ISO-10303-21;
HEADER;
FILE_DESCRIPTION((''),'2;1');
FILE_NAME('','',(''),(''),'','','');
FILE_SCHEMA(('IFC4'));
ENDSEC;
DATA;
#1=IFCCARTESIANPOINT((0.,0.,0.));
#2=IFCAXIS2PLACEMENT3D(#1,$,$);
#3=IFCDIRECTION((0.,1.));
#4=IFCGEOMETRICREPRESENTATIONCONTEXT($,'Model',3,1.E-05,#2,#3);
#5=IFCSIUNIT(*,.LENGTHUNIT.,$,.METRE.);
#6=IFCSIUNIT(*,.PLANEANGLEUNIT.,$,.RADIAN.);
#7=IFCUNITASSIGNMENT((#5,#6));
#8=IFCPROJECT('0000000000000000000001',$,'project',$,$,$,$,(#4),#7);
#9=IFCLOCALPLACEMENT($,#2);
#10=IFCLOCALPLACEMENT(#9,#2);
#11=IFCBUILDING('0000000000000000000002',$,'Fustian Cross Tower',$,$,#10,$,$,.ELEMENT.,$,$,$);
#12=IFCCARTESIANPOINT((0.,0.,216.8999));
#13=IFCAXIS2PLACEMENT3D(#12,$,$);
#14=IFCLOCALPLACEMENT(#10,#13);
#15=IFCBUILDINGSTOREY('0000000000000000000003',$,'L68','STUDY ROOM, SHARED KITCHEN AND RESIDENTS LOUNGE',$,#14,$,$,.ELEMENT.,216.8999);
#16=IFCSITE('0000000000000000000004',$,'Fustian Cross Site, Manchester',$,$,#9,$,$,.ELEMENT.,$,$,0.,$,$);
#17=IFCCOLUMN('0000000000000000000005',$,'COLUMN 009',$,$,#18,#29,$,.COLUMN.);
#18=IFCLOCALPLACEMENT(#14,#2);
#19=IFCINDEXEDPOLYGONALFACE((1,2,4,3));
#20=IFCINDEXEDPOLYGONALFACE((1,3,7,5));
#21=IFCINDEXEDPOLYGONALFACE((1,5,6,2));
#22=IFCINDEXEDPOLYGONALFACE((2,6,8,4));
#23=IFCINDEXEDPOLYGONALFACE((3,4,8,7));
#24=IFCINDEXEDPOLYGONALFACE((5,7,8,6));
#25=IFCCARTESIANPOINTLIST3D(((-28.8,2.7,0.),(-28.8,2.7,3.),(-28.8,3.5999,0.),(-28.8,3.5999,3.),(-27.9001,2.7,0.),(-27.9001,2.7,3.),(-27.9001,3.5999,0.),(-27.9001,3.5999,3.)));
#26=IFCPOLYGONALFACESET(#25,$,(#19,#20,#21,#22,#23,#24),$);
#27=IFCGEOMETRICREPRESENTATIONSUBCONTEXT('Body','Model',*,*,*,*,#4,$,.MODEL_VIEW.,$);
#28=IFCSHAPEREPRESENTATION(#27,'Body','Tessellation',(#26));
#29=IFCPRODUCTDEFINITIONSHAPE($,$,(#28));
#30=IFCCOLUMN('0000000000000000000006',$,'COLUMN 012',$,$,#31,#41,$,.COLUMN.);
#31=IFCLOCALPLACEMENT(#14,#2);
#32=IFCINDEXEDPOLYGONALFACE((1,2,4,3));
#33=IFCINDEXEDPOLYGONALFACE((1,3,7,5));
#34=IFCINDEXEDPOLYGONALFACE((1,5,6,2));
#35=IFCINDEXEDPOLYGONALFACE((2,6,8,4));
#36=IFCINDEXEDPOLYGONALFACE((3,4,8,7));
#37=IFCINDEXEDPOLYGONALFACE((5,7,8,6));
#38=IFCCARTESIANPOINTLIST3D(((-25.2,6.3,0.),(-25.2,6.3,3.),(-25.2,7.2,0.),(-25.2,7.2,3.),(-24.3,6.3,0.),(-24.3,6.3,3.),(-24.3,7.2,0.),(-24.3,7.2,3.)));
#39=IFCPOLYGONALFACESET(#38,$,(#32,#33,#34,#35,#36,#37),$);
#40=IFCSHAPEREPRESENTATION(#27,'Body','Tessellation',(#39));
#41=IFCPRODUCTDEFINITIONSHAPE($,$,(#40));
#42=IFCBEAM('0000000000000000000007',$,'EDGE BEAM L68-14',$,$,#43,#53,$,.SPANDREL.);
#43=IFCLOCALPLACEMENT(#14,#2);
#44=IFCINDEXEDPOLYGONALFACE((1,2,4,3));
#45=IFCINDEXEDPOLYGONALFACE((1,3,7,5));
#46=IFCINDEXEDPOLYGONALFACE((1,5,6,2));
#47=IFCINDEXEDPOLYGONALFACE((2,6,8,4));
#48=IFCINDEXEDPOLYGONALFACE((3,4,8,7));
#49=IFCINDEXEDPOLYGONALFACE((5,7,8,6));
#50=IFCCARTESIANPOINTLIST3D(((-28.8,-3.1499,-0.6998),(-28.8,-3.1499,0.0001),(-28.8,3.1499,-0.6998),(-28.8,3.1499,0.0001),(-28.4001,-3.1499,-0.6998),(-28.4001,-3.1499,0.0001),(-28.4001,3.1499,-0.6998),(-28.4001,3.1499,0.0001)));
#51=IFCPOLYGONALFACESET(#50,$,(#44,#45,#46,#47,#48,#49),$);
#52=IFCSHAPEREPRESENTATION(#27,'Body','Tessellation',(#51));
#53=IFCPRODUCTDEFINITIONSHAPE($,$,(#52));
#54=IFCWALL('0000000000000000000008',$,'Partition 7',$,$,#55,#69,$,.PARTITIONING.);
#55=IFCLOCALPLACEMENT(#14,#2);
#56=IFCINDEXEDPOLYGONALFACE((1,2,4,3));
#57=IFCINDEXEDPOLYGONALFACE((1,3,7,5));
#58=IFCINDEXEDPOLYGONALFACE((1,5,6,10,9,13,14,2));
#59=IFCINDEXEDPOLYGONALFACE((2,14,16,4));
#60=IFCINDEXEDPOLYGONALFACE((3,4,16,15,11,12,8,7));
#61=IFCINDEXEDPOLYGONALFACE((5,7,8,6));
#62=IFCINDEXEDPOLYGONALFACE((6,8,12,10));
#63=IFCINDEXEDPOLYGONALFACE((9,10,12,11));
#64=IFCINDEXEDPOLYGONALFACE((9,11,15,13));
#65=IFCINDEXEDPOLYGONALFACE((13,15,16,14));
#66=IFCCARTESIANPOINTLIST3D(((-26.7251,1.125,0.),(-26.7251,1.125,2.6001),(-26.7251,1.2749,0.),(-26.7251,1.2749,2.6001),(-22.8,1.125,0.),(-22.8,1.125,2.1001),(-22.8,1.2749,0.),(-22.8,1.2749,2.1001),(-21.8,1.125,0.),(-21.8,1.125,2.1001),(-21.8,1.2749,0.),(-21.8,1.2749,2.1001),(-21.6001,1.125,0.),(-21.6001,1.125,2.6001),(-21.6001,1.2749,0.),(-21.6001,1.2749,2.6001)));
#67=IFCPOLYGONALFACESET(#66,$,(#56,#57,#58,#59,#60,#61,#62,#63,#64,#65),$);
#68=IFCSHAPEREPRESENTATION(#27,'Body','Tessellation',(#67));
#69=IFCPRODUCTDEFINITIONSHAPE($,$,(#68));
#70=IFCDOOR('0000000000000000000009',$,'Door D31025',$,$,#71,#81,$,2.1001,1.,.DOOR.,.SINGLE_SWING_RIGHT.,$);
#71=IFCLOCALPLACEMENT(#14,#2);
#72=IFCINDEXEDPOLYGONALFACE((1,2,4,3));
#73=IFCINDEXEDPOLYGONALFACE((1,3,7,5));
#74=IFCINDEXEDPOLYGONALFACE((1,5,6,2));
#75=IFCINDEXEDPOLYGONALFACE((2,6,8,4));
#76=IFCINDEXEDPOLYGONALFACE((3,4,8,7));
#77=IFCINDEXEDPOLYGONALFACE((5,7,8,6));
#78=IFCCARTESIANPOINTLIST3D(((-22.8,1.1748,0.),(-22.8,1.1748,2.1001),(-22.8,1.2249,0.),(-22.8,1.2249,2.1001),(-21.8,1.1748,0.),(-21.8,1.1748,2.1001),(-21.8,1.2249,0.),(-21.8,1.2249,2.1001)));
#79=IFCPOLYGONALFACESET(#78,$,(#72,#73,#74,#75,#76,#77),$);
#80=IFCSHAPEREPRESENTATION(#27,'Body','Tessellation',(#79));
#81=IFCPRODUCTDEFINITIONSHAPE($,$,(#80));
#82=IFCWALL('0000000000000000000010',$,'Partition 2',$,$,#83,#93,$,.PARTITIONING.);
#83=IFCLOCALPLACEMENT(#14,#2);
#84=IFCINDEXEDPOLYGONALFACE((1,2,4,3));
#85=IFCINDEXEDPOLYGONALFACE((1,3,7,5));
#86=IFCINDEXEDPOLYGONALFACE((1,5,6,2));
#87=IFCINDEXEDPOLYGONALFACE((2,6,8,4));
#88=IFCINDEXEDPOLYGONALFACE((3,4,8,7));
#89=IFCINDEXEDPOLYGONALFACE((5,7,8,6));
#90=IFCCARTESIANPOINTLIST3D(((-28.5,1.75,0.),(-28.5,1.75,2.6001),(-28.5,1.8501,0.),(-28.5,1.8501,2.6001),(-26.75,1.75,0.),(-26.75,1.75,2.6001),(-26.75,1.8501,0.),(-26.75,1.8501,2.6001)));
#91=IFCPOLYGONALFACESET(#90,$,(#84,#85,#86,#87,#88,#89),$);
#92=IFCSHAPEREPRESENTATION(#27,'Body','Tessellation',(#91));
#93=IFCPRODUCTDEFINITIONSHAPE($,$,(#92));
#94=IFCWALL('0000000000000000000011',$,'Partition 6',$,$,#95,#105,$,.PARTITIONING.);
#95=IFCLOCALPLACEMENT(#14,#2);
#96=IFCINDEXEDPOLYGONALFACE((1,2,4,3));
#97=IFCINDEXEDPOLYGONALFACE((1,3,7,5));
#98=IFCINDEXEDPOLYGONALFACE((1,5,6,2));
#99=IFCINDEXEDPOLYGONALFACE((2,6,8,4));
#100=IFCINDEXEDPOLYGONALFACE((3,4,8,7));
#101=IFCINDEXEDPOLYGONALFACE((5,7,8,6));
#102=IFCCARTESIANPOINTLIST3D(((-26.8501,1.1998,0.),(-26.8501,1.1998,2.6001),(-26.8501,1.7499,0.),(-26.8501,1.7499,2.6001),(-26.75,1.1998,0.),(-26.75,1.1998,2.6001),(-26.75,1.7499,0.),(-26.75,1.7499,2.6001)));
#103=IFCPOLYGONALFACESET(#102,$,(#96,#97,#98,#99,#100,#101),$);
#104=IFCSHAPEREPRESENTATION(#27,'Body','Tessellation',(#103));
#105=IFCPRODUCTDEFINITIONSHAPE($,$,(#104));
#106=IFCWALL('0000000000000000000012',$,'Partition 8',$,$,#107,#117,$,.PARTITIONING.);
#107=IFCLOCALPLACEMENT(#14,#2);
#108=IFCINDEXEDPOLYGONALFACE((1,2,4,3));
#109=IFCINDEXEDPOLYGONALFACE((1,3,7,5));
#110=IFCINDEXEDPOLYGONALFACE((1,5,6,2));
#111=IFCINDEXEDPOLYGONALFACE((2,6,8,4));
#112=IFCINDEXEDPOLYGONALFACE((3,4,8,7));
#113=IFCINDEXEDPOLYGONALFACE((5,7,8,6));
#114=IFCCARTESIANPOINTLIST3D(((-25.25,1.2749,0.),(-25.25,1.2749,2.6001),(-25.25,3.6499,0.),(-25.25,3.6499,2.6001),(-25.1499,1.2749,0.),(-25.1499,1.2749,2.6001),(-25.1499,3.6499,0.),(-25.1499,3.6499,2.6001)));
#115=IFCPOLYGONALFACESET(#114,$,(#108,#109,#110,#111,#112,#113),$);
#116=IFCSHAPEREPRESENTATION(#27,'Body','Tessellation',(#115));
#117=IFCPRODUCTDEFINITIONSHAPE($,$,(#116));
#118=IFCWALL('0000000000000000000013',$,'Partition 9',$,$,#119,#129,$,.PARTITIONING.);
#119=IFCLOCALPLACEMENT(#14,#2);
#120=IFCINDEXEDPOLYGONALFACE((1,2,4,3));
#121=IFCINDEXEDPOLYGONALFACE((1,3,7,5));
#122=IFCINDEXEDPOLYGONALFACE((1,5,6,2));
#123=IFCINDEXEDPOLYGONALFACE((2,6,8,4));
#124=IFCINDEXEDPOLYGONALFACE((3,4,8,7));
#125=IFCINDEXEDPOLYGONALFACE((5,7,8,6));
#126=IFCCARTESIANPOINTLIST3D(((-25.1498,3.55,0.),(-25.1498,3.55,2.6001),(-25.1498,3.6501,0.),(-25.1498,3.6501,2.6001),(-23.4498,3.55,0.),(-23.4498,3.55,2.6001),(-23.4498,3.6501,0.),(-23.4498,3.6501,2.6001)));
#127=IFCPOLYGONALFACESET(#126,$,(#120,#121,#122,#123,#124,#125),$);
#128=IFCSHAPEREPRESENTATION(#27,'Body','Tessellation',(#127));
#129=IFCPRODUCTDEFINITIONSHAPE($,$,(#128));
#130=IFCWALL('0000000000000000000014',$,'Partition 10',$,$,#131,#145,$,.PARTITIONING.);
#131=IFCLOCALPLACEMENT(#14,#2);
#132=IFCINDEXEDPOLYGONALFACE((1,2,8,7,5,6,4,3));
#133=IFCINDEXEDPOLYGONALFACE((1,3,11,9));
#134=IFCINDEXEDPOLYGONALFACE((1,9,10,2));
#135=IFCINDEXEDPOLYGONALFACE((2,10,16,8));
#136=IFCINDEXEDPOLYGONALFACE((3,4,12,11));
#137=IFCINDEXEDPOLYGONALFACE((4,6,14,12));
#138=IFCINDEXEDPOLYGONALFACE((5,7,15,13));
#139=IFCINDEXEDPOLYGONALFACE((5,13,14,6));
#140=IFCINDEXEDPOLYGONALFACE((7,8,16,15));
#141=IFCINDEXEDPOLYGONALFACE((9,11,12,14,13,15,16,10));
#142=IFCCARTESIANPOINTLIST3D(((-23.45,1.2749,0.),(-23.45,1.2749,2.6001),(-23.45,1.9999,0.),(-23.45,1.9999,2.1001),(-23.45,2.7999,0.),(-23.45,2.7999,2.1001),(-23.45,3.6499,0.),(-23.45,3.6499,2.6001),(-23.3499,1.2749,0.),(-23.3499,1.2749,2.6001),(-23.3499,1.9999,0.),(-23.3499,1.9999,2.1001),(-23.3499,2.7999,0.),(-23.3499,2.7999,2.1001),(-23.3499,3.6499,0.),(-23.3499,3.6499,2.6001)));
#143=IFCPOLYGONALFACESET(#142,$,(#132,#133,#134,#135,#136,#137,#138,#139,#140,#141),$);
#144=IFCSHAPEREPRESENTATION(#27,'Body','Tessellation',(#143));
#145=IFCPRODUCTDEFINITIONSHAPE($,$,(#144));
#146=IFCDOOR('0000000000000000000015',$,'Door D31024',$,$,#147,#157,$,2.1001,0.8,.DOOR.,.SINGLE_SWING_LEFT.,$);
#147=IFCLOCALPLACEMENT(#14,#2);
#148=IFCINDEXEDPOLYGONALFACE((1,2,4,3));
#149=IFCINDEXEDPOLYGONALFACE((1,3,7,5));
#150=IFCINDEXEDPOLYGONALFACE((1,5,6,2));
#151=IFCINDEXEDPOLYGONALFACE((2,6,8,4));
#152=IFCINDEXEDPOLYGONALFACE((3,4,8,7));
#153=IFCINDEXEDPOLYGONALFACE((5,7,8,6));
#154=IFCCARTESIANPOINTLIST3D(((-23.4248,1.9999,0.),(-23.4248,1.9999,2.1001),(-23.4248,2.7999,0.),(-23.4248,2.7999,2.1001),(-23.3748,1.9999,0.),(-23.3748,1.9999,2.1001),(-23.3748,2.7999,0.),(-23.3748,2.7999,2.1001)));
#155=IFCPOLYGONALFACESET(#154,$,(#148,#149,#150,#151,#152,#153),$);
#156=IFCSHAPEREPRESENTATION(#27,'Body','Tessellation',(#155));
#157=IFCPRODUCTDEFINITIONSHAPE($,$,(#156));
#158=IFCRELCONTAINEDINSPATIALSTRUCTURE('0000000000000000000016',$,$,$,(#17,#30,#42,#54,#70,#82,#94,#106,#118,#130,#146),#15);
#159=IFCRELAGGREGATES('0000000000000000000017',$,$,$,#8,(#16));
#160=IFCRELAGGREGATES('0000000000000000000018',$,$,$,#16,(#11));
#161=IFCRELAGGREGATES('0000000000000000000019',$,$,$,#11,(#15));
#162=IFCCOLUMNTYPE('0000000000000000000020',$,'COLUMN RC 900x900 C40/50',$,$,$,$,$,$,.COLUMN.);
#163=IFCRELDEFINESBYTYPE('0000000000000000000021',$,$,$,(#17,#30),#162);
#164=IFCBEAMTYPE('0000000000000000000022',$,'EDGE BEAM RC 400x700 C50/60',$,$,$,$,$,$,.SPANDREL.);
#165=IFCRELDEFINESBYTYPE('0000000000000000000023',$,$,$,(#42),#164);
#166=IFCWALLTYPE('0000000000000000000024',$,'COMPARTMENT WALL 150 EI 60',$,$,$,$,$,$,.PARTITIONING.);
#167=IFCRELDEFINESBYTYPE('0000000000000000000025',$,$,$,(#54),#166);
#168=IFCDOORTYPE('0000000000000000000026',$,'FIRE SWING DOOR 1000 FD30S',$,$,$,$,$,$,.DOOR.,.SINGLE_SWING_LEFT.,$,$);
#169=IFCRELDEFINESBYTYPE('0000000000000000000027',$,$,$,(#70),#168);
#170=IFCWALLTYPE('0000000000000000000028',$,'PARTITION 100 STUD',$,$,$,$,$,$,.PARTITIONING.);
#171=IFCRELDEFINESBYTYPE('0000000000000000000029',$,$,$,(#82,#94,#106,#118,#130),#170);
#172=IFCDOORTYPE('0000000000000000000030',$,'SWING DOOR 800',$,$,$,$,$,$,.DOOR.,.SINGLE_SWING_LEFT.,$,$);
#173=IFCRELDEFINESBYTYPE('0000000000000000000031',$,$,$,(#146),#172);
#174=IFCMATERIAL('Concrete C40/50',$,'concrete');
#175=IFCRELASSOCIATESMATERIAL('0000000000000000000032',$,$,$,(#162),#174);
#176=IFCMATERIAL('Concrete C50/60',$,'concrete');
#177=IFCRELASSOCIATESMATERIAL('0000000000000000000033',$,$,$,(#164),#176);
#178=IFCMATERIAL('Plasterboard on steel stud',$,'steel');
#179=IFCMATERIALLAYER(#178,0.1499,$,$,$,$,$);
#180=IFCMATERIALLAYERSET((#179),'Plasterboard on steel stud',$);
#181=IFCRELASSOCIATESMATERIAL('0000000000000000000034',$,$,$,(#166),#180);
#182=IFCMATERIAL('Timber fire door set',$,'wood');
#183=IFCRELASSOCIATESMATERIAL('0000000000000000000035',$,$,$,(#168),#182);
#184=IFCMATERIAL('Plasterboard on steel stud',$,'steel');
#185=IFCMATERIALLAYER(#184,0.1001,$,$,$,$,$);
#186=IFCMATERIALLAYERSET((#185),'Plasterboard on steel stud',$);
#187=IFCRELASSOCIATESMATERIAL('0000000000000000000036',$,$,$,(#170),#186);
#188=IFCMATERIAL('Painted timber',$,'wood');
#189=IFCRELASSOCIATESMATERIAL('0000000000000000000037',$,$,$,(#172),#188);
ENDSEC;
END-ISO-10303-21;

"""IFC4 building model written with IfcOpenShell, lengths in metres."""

from ifc_helpers import new_model, si_unit, direction, frame, frame_2d, origin, origin_2d, place, context, subcontext, project, spatial, rectangle, extrude, material, layer, layer_set, material_profile, profile_set, type_object, element, fill, save


model = new_model("IFC4")

# Units and contexts
model_context = context("Model", 3, precision=1e-05, world=origin(), true_north=direction((0.0, 1.0)))
body_context = subcontext(model_context, "Body", "Model", "MODEL_VIEW")
ifc_project = project(units=[si_unit("LENGTHUNIT", "METRE"), si_unit("PLANEANGLEUNIT", "RADIAN")], contexts=[model_context])

# Site, building, storey
site_placement = place(None, origin())
site = spatial("IfcSite", under=ifc_project, at=site_placement, Name="Fustian Cross Site, Manchester", CompositionType="ELEMENT", RefElevation=0.0)
building_placement = place(site_placement, origin())
building = spatial("IfcBuilding", under=site, at=building_placement, Name="Fustian Cross Tower", CompositionType="ELEMENT")
storey_placement = place(building_placement, frame((0.0, 0.0, 216.8999)))
storey = spatial("IfcBuildingStorey", under=building, at=storey_placement, Name="L68", Description="STUDY ROOM, SHARED KITCHEN AND RESIDENTS LOUNGE", CompositionType="ELEMENT", Elevation=216.8999)

# Columns
ifc_material_1 = material(Name="Concrete C40/50", Category="concrete")
ifc_material_profile_1 = material_profile(ifc_material_1, rectangle(XDim=0.8999, YDim=0.8999, at=origin_2d()), Name="RC 900x900")
ifc_profile_set_1 = profile_set([ifc_material_profile_1], Name="Concrete C40/50")
column_type = type_object("IfcColumnType", Name="COLUMN RC 900x900 C40/50", PredefinedType="COLUMN", material=ifc_profile_set_1)
for number, where, z_axis, x_axis, name in (
    (1, (-28.3501, 3.1499, 0.0), (0.0, 0.0, 1.0), (1.0, 0.0, 0.0), "COLUMN 009"),
    (2, (-24.75, 6.75, 0.0), (0.0, 0.0, 1.0), (1.0, 0.0, 0.0), "COLUMN 012"),
):
    element("IfcColumn", number, at=place(storey_placement, frame(where, z_axis=z_axis, x_axis=x_axis)), inside=storey, type_object=column_type, Name=name, PredefinedType="COLUMN", context=body_context, shape_type="SweptSolid", body=[
        extrude(rectangle(XDim=0.8999, YDim=0.8999, at=origin_2d()), origin(), (0.0, 0.0, 1.0), 3.0),
    ])

# Beam
ifc_material_2 = material(Name="Concrete C50/60", Category="concrete")
ifc_material_profile_2 = material_profile(ifc_material_2, rectangle(XDim=0.3999, YDim=0.7, at=origin_2d()), Name="RC 400x700")
ifc_profile_set_2 = profile_set([ifc_material_profile_2], Name="Concrete C50/60")
beam_type = type_object("IfcBeamType", Name="EDGE BEAM RC 400x700 C50/60", PredefinedType="SPANDREL", material=ifc_profile_set_2)
beam_placement = place(storey_placement, frame((-28.6001, 3.1499, -0.3499), z_axis=(0.0, -1.0, 0.0), x_axis=(1.0, 0.0, 0.0)))
element("IfcBeam", 3, at=beam_placement, inside=storey, type_object=beam_type, Name="EDGE BEAM L68-14", PredefinedType="SPANDREL", context=body_context, shape_type="SweptSolid", body=[
    extrude(rectangle(XDim=0.3999, YDim=0.7, at=origin_2d()), origin(), (0.0, 0.0, 1.0), 6.2998),
])

# Wall, opening, door
ifc_material_3 = material(Name="Plasterboard on steel stud", Category="steel")
ifc_layer_1 = layer(ifc_material_3, 0.1499)
ifc_layer_set_1 = layer_set([ifc_layer_1], Name="Plasterboard on steel stud")
wall_type_1 = type_object("IfcWallType", Name="COMPARTMENT WALL 150 EI 60", PredefinedType="PARTITIONING", material=ifc_layer_set_1)
wall_1_placement = place(storey_placement, frame((-26.7251, 1.2, 0.0), z_axis=(0.0, 0.0, 1.0), x_axis=(1.0, 0.0, 0.0)))
wall_1 = element("IfcWall", 4, at=wall_1_placement, inside=storey, type_object=wall_type_1, Name="Partition 7", PredefinedType="PARTITIONING", context=body_context, shape_type="SweptSolid", body=[
    extrude(rectangle(XDim=5.125, YDim=0.1499, at=frame_2d((2.5625, 0.0))), origin(), (0.0, 0.0, 1.0), 2.6001),
])
opening_1_placement = place(wall_1_placement, frame((3.925, 0.0, 0.0)))
opening_1 = element("IfcOpeningElement", 5, at=opening_1_placement, cuts=wall_1, PredefinedType="OPENING", context=body_context, shape_type="SweptSolid", body=[
    extrude(rectangle(XDim=1.0, YDim=2.1001, at=frame_2d((0.5, 1.05))), frame((0.0, 0.085, 0.0), z_axis=(0.0, -1.0, 0.0), x_axis=(1.0, 0.0, 0.0)), (0.0, 0.0, 1.0), 0.1699),
])
ifc_material_4 = material(Name="Timber fire door set", Category="wood")
door_type_1 = type_object("IfcDoorType", Name="FIRE SWING DOOR 1000 FD30S", OperationType="SINGLE_SWING_LEFT", PredefinedType="DOOR", material=ifc_material_4)
door_1_placement = place(opening_1_placement, origin())
door_1 = element("IfcDoor", 6, at=door_1_placement, inside=storey, type_object=door_type_1, Name="Door D31025", OperationType="SINGLE_SWING_RIGHT", OverallHeight=2.1001, OverallWidth=1.0, PredefinedType="DOOR", context=body_context, shape_type="SweptSolid", body=[
    extrude(rectangle(XDim=1.0, YDim=2.1001, at=frame_2d((0.5, 1.05))), frame((0.0, 0.0249, 0.0), z_axis=(0.0, -1.0, 0.0), x_axis=(1.0, 0.0, 0.0)), (0.0, 0.0, 1.0), 0.05),
])
fill(opening_1, door_1)

# Walls
ifc_material_5 = material(Name="Plasterboard on steel stud", Category="steel")
ifc_layer_2 = layer(ifc_material_5, 0.1001)
ifc_layer_set_2 = layer_set([ifc_layer_2], Name="Plasterboard on steel stud")
wall_type_2 = type_object("IfcWallType", Name="PARTITION 100 STUD", PredefinedType="PARTITIONING", material=ifc_layer_set_2)
wall_2_placement = place(storey_placement, frame((-28.5, 1.8, 0.0), z_axis=(0.0, 0.0, 1.0), x_axis=(1.0, 0.0, 0.0)))
element("IfcWall", 7, at=wall_2_placement, inside=storey, type_object=wall_type_2, Name="Partition 2", PredefinedType="PARTITIONING", context=body_context, shape_type="SweptSolid", body=[
    extrude(rectangle(XDim=1.75, YDim=0.1001, at=frame_2d((0.875, 0.0))), origin(), (0.0, 0.0, 1.0), 2.6001),
])
wall_3_placement = place(storey_placement, frame((-26.8, 1.2, 0.0), z_axis=(0.0, 0.0, 1.0), x_axis=(0.0, 1.0, 0.0)))
element("IfcWall", 8, at=wall_3_placement, inside=storey, type_object=wall_type_2, Name="Partition 6", PredefinedType="PARTITIONING", context=body_context, shape_type="SweptSolid", body=[
    extrude(rectangle(XDim=0.55, YDim=0.1001, at=frame_2d((0.2749, 0.0))), origin(), (0.0, 0.0, 1.0), 2.6001),
])
wall_4_placement = place(storey_placement, frame((-25.2, 1.2749, 0.0), z_axis=(0.0, 0.0, 1.0), x_axis=(0.0, 1.0, 0.0)))
element("IfcWall", 9, at=wall_4_placement, inside=storey, type_object=wall_type_2, Name="Partition 8", PredefinedType="PARTITIONING", context=body_context, shape_type="SweptSolid", body=[
    extrude(rectangle(XDim=2.375, YDim=0.1001, at=frame_2d((1.1875, 0.0))), origin(), (0.0, 0.0, 1.0), 2.6001),
])
wall_5_placement = place(storey_placement, frame((-25.1499, 3.6001, 0.0), z_axis=(0.0, 0.0, 1.0), x_axis=(1.0, 0.0, 0.0)))
element("IfcWall", 10, at=wall_5_placement, inside=storey, type_object=wall_type_2, Name="Partition 9", PredefinedType="PARTITIONING", context=body_context, shape_type="SweptSolid", body=[
    extrude(rectangle(XDim=1.7, YDim=0.1001, at=frame_2d((0.8501, 0.0))), origin(), (0.0, 0.0, 1.0), 2.6001),
])

# Wall, opening, door
wall_6_placement = place(storey_placement, frame((-23.3999, 1.2749, 0.0), z_axis=(0.0, 0.0, 1.0), x_axis=(0.0, 1.0, 0.0)))
wall_6 = element("IfcWall", 11, at=wall_6_placement, inside=storey, type_object=wall_type_2, Name="Partition 10", PredefinedType="PARTITIONING", context=body_context, shape_type="SweptSolid", body=[
    extrude(rectangle(XDim=2.375, YDim=0.1001, at=frame_2d((1.1875, 0.0))), origin(), (0.0, 0.0, 1.0), 2.6001),
])
opening_2_placement = place(wall_6_placement, frame((0.7251, 0.0, 0.0)))
opening_2 = element("IfcOpeningElement", 12, at=opening_2_placement, cuts=wall_6, PredefinedType="OPENING", context=body_context, shape_type="SweptSolid", body=[
    extrude(rectangle(XDim=0.8, YDim=2.1001, at=frame_2d((0.3999, 1.05))), frame((0.0, 0.0601, 0.0), z_axis=(0.0, -1.0, 0.0), x_axis=(1.0, 0.0, 0.0)), (0.0, 0.0, 1.0), 0.1201),
])
ifc_material_6 = material(Name="Painted timber", Category="wood")
door_type_2 = type_object("IfcDoorType", Name="SWING DOOR 800", OperationType="SINGLE_SWING_LEFT", PredefinedType="DOOR", material=ifc_material_6)
door_2_placement = place(opening_2_placement, origin())
door_2 = element("IfcDoor", 13, at=door_2_placement, inside=storey, type_object=door_type_2, Name="Door D31024", OperationType="SINGLE_SWING_LEFT", OverallHeight=2.1001, OverallWidth=0.8, PredefinedType="DOOR", context=body_context, shape_type="SweptSolid", body=[
    extrude(rectangle(XDim=0.8, YDim=2.1001, at=frame_2d((0.3999, 1.05))), frame((0.0, 0.0249, 0.0), z_axis=(0.0, -1.0, 0.0), x_axis=(1.0, 0.0, 0.0)), (0.0, 0.0, 1.0), 0.05),
])
fill(opening_2, door_2)

save(model, "model.ifc")
